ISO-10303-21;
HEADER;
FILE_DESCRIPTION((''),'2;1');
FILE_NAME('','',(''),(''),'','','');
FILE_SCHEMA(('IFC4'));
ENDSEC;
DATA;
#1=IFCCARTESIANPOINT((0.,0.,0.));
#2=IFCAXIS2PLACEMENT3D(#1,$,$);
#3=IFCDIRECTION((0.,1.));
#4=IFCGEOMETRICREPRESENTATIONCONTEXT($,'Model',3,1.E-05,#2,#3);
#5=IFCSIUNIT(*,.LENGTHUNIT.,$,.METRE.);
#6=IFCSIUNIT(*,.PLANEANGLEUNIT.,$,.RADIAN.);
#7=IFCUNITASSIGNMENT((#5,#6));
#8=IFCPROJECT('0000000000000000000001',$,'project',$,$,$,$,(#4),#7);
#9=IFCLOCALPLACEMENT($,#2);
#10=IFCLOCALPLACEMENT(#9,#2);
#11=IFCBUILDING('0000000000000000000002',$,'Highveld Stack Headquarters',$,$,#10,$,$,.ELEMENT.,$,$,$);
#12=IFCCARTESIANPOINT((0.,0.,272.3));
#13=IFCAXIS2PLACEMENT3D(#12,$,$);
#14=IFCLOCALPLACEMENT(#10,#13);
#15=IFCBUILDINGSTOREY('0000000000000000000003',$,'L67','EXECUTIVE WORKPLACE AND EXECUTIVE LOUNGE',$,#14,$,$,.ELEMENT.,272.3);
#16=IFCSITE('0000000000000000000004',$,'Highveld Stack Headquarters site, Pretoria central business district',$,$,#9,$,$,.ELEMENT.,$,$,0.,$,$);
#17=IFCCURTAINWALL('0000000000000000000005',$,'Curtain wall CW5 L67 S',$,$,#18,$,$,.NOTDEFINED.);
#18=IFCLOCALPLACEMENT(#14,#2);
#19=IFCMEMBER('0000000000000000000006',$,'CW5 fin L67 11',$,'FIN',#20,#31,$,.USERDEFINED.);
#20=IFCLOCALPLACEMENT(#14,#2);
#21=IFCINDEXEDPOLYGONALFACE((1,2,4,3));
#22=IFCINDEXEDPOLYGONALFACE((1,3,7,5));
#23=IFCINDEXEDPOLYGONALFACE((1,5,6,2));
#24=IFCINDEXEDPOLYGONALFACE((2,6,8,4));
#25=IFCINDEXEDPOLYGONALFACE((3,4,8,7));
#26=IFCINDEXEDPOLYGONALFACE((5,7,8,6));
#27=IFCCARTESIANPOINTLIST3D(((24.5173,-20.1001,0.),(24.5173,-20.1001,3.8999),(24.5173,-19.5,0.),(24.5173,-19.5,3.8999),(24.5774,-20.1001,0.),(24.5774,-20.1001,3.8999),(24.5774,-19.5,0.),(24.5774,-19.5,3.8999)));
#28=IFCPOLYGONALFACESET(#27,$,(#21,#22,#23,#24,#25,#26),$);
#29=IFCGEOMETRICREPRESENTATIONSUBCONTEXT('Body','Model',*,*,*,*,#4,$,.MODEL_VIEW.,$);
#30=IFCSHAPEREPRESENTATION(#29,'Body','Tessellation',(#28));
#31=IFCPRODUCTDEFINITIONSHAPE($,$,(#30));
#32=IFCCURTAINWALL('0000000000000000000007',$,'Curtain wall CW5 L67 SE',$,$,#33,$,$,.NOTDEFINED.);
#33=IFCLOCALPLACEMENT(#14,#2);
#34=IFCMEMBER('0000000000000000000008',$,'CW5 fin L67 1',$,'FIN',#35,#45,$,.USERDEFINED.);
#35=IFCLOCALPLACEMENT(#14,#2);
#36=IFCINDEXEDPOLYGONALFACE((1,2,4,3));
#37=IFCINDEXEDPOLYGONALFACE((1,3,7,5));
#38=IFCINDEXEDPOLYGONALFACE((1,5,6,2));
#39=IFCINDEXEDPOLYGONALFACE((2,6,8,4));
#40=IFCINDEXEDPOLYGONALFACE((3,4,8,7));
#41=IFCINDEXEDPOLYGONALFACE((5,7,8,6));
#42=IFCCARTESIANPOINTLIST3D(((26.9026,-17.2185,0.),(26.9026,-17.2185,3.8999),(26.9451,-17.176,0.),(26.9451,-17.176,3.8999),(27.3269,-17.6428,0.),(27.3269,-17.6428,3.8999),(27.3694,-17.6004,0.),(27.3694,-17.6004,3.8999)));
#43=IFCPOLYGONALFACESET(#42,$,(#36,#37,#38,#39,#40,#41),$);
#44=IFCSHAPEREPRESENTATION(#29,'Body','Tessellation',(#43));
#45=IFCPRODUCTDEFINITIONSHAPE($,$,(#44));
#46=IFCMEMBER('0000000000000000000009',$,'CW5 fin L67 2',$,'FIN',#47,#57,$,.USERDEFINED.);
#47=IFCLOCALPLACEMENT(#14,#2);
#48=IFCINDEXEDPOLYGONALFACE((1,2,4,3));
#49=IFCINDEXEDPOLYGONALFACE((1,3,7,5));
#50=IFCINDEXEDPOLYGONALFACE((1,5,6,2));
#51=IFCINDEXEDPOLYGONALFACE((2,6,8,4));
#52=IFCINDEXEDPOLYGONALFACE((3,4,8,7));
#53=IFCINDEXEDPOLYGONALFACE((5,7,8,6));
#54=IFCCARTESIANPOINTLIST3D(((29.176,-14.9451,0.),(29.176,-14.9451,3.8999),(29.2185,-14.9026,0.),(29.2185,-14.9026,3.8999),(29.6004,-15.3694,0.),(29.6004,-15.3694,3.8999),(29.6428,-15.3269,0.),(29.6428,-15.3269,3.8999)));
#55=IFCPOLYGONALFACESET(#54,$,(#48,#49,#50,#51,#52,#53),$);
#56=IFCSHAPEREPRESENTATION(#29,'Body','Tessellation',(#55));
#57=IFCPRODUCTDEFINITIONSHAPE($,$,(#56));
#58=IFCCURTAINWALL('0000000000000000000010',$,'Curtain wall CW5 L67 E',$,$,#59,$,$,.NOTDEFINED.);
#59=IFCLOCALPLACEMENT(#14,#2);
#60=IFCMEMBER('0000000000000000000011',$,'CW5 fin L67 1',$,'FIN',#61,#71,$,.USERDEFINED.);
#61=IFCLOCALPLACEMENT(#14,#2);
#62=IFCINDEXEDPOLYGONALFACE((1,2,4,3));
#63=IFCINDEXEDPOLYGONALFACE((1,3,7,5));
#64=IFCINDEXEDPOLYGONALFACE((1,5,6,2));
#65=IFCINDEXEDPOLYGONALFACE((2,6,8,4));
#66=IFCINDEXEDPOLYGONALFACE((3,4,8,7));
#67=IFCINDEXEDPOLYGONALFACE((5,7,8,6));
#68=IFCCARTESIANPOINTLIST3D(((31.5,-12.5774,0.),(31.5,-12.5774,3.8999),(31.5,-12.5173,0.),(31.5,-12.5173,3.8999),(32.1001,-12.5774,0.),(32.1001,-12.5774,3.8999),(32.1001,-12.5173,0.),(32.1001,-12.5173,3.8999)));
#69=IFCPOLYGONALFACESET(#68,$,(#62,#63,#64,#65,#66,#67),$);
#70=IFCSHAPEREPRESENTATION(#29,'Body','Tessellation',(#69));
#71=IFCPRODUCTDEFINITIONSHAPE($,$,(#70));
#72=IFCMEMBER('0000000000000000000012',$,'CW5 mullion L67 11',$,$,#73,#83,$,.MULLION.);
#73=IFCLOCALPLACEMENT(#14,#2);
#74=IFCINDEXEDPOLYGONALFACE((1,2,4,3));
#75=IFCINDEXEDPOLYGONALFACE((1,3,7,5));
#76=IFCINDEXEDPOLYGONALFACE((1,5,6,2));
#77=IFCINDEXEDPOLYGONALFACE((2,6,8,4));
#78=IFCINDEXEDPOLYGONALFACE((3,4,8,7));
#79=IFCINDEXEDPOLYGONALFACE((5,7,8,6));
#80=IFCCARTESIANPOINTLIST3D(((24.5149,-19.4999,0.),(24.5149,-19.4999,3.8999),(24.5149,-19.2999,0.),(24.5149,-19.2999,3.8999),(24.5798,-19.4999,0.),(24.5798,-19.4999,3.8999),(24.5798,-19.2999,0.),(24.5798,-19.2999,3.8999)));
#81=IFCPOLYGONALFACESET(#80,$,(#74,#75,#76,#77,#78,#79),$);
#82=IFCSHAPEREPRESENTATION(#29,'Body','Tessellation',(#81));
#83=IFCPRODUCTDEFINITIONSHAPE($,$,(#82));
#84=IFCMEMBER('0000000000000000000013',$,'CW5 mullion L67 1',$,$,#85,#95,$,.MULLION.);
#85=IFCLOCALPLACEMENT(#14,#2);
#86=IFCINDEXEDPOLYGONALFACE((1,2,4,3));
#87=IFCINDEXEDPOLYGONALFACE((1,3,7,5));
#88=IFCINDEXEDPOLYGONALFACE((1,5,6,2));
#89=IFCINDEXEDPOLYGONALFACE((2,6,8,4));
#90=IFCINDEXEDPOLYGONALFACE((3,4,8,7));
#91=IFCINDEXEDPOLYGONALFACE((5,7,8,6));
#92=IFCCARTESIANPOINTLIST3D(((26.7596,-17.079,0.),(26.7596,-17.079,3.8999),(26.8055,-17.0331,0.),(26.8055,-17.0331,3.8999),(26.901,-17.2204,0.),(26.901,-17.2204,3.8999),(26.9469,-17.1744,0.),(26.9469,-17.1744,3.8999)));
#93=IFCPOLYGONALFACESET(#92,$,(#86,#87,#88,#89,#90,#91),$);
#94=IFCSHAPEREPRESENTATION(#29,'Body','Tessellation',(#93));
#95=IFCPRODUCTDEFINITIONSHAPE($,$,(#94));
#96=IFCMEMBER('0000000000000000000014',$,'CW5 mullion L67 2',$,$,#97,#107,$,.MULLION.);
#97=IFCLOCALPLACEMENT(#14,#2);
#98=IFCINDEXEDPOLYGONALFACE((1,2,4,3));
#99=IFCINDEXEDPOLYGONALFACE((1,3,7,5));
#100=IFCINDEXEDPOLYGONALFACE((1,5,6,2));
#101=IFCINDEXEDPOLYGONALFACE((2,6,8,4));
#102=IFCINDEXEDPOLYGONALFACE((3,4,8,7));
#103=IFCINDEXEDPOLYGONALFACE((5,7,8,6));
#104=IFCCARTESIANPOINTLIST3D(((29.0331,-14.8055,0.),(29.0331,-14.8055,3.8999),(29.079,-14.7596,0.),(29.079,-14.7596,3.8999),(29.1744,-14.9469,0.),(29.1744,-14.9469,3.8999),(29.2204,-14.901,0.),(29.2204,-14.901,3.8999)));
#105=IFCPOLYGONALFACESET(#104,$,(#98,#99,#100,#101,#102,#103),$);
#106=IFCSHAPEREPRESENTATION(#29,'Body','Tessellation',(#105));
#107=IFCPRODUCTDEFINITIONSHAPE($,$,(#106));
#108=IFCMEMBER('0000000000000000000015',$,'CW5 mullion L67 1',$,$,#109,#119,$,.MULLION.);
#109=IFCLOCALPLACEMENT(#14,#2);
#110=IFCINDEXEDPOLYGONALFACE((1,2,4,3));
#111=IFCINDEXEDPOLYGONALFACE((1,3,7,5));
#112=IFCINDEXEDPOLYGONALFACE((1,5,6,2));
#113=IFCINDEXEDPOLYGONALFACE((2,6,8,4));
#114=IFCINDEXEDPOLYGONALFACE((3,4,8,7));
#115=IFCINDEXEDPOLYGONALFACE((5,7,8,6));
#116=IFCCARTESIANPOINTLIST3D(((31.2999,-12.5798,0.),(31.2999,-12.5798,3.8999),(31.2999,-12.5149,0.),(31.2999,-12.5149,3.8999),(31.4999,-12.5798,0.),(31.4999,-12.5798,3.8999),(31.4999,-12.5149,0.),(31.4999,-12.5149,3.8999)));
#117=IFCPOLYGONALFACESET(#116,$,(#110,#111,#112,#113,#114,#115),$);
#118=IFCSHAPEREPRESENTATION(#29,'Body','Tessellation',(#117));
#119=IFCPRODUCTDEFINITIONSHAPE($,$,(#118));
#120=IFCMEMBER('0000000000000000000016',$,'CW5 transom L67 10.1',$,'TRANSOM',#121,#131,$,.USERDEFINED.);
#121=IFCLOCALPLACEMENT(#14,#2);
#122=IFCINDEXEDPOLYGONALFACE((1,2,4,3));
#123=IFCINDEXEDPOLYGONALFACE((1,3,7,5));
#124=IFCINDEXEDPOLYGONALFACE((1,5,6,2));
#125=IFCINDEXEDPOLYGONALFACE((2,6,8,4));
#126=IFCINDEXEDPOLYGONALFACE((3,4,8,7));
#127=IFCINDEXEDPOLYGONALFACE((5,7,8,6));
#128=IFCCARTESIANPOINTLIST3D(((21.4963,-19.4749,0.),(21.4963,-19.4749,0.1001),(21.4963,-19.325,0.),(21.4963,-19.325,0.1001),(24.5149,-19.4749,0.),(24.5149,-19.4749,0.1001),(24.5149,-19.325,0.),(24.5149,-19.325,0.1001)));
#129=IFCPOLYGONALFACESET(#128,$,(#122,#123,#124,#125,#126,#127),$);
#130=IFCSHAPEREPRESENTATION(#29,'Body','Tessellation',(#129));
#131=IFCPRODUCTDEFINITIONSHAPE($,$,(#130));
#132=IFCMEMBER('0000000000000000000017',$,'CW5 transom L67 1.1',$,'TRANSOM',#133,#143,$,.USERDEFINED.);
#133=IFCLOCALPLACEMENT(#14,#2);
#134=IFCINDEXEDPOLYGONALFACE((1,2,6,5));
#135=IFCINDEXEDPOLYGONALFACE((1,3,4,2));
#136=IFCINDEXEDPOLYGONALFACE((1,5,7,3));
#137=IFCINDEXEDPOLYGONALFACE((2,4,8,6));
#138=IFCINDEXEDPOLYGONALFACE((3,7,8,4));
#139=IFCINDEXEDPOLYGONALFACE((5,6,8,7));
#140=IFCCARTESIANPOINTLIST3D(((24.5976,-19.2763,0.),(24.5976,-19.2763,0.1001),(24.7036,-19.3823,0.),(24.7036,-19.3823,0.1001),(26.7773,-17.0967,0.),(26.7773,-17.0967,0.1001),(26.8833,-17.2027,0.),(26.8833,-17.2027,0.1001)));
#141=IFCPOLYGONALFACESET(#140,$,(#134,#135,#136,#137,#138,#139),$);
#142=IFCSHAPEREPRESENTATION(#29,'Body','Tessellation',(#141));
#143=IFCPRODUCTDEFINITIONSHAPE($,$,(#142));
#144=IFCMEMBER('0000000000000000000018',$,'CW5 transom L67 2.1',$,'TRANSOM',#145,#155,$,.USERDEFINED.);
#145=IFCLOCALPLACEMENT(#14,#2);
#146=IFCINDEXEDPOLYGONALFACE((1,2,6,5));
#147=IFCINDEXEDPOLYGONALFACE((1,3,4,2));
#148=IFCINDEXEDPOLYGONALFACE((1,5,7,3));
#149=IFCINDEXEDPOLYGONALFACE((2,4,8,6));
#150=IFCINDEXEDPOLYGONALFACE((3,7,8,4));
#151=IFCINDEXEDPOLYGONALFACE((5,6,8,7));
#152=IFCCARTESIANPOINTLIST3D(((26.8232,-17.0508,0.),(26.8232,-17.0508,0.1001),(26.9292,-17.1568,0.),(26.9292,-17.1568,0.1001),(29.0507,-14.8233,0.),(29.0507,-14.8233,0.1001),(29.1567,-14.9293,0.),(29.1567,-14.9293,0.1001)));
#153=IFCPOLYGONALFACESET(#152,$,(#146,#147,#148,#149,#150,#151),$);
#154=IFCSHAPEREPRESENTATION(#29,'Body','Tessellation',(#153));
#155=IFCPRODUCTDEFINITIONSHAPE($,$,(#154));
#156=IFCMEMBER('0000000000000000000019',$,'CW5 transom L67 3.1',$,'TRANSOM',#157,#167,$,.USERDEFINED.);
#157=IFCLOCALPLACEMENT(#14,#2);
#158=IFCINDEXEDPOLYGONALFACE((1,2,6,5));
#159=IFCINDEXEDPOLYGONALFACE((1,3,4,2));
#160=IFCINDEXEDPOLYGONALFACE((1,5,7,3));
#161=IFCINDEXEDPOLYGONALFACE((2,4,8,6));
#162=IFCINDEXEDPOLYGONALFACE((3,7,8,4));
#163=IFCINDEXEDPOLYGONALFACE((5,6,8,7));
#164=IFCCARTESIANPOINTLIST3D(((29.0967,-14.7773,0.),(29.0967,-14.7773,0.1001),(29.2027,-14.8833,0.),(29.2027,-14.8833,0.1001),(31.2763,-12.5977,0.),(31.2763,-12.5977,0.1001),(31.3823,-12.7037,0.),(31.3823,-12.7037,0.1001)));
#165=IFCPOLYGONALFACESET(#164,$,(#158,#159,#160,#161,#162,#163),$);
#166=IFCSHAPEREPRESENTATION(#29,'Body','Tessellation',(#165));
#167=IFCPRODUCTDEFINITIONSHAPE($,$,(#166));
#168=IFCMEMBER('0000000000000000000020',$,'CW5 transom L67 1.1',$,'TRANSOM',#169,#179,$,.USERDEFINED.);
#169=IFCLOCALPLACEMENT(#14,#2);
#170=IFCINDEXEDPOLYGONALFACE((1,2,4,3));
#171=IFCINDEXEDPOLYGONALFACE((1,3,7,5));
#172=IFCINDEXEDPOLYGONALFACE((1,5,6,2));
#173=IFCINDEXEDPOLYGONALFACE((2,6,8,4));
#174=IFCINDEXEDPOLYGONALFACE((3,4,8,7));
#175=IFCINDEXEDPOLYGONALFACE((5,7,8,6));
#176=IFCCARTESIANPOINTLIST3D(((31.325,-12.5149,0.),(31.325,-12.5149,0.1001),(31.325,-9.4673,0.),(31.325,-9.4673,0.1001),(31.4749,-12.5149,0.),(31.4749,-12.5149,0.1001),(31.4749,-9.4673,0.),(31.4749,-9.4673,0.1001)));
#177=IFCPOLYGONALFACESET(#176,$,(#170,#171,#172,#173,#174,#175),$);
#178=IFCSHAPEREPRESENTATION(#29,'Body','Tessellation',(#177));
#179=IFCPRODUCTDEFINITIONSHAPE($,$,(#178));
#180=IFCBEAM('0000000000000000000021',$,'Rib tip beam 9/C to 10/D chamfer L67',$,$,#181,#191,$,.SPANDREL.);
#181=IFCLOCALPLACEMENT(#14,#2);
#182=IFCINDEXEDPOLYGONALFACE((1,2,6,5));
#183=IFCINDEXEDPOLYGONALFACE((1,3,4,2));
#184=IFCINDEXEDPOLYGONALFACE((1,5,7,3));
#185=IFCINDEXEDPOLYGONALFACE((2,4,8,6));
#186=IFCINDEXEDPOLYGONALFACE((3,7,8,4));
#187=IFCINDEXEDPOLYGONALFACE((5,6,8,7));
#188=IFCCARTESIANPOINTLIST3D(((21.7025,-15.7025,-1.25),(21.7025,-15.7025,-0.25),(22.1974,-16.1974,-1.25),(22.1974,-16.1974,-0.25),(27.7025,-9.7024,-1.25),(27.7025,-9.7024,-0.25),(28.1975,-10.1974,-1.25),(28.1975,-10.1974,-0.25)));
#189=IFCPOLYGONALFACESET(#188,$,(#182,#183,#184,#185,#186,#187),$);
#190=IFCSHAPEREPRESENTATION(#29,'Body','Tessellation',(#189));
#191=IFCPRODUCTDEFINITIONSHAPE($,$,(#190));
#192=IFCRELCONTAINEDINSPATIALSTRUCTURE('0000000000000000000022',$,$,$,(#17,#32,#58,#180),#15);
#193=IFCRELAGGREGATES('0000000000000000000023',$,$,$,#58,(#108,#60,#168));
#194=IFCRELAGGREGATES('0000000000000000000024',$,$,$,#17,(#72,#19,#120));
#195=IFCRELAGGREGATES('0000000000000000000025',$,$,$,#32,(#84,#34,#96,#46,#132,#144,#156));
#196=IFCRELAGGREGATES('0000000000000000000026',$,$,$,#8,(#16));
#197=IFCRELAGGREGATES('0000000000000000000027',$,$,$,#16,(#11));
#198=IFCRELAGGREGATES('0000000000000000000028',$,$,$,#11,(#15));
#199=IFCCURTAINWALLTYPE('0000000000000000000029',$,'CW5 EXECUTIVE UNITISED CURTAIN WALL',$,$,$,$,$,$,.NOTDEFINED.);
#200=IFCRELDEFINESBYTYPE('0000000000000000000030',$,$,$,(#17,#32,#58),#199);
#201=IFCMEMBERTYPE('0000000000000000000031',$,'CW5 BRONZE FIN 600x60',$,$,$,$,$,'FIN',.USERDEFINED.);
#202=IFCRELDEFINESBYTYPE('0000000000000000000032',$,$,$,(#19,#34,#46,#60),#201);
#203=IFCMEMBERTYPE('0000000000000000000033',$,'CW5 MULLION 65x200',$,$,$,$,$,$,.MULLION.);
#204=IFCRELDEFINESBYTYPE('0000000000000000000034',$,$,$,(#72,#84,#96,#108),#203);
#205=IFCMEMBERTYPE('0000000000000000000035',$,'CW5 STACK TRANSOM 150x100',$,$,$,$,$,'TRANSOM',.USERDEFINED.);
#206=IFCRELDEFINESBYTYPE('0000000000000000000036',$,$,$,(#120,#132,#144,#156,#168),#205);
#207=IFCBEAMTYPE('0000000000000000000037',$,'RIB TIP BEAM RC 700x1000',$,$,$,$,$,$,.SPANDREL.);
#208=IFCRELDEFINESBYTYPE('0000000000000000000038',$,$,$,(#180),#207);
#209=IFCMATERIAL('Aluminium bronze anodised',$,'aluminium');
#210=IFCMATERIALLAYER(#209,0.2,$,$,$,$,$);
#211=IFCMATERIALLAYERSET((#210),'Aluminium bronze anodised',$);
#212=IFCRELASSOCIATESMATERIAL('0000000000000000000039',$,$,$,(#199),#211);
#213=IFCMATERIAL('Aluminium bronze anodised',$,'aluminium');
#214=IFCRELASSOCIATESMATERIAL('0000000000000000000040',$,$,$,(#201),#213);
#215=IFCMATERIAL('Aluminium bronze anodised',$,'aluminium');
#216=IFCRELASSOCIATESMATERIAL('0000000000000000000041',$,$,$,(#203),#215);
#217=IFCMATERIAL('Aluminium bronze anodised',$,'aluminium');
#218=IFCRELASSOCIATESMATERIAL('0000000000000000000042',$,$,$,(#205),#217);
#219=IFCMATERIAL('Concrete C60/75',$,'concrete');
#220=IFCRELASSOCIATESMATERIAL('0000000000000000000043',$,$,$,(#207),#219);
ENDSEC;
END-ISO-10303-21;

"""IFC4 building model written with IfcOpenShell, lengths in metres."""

from ifc_helpers import new_model, si_unit, direction, frame, origin, origin_2d, place, context, subcontext, project, spatial, rectangle, extrude, material, layer, layer_set, material_profile, profile_set, type_object, element, aggregate, save


model = new_model("IFC4")

# Units and contexts
model_context = context("Model", 3, precision=1e-05, world=origin(), true_north=direction((0.0, 1.0)))
body_context = subcontext(model_context, "Body", "Model", "MODEL_VIEW")
ifc_project = project(units=[si_unit("LENGTHUNIT", "METRE"), si_unit("PLANEANGLEUNIT", "RADIAN")], contexts=[model_context])

# Site, building, storey
site_placement = place(None, origin())
site = spatial("IfcSite", under=ifc_project, at=site_placement, Name="Highveld Stack Headquarters site, Pretoria central business district", CompositionType="ELEMENT", RefElevation=0.0)
building_placement = place(site_placement, origin())
building = spatial("IfcBuilding", under=site, at=building_placement, Name="Highveld Stack Headquarters", CompositionType="ELEMENT")
storey_placement = place(building_placement, frame((0.0, 0.0, 272.3)))
storey = spatial("IfcBuildingStorey", under=building, at=storey_placement, Name="L67", Description="EXECUTIVE WORKPLACE AND EXECUTIVE LOUNGE", CompositionType="ELEMENT", Elevation=272.3)

# Curtain wall, member
ifc_material_1 = material(Name="Aluminium bronze anodised", Category="aluminium")
ifc_layer_1 = layer(ifc_material_1, 0.2)
ifc_layer_set_1 = layer_set([ifc_layer_1], Name="Aluminium bronze anodised")
curtain_wall_type = type_object("IfcCurtainWallType", Name="CW5 EXECUTIVE UNITISED CURTAIN WALL", PredefinedType="NOTDEFINED", material=ifc_layer_set_1)
curtain_wall_1_placement = place(storey_placement, origin())
curtain_wall_1 = element("IfcCurtainWall", 1, at=curtain_wall_1_placement, inside=storey, type_object=curtain_wall_type, Name="Curtain wall CW5 L67 S", PredefinedType="NOTDEFINED")
ifc_material_2 = material(Name="Aluminium bronze anodised", Category="aluminium")
ifc_material_profile_1 = material_profile(ifc_material_2, rectangle(XDim=0.6001, YDim=0.0601, at=origin_2d()), Name="FIN 600x60")
ifc_profile_set_1 = profile_set([ifc_material_profile_1], Name="Aluminium bronze anodised")
member_type_1 = type_object("IfcMemberType", Name="CW5 BRONZE FIN 600x60", ElementType="FIN", PredefinedType="USERDEFINED", material=ifc_profile_set_1)
member_1_placement = place(storey_placement, frame((24.5474, -19.8, 0.0), z_axis=(0.0, 0.0, 1.0), x_axis=(0.0, 1.0, 0.0)))
member_1 = element("IfcMember", 2, at=member_1_placement, type_object=member_type_1, Name="CW5 fin L67 11", ObjectType="FIN", PredefinedType="USERDEFINED", context=body_context, shape_type="SweptSolid", body=[
    extrude(rectangle(XDim=0.6001, YDim=0.0601, at=origin_2d()), origin(), (0.0, 0.0, 1.0), 3.8999),
])

# Curtain wall, members
curtain_wall_2_placement = place(storey_placement, origin())
curtain_wall_2 = element("IfcCurtainWall", 3, at=curtain_wall_2_placement, inside=storey, type_object=curtain_wall_type, Name="Curtain wall CW5 L67 SE", PredefinedType="NOTDEFINED")
member_2_placement = place(storey_placement, frame((27.136, -17.4094, 0.0), z_axis=(0.0, 0.0, 1.0), x_axis=(-0.707107, 0.707107, 0.0)))
member_2 = element("IfcMember", 4, at=member_2_placement, type_object=member_type_1, Name="CW5 fin L67 1", ObjectType="FIN", PredefinedType="USERDEFINED", context=body_context, shape_type="SweptSolid", body=[
    extrude(rectangle(XDim=0.6001, YDim=0.0601, at=origin_2d()), origin(), (0.0, 0.0, 1.0), 3.8999),
])
member_3_placement = place(storey_placement, frame((29.4094, -15.136, 0.0), z_axis=(0.0, 0.0, 1.0), x_axis=(-0.707107, 0.707107, 0.0)))
member_3 = element("IfcMember", 5, at=member_3_placement, type_object=member_type_1, Name="CW5 fin L67 2", ObjectType="FIN", PredefinedType="USERDEFINED", context=body_context, shape_type="SweptSolid", body=[
    extrude(rectangle(XDim=0.6001, YDim=0.0601, at=origin_2d()), origin(), (0.0, 0.0, 1.0), 3.8999),
])

# Curtain wall, member
curtain_wall_3_placement = place(storey_placement, origin())
curtain_wall_3 = element("IfcCurtainWall", 6, at=curtain_wall_3_placement, inside=storey, type_object=curtain_wall_type, Name="Curtain wall CW5 L67 E", PredefinedType="NOTDEFINED")
member_4_placement = place(storey_placement, frame((31.8, -12.5474, 0.0), z_axis=(0.0, 0.0, 1.0), x_axis=(-1.0, 0.0, 0.0)))
member_4 = element("IfcMember", 7, at=member_4_placement, type_object=member_type_1, Name="CW5 fin L67 1", ObjectType="FIN", PredefinedType="USERDEFINED", context=body_context, shape_type="SweptSolid", body=[
    extrude(rectangle(XDim=0.6001, YDim=0.0601, at=origin_2d()), origin(), (0.0, 0.0, 1.0), 3.8999),
])

# Members
ifc_material_3 = material(Name="Aluminium bronze anodised", Category="aluminium")
ifc_material_profile_2 = material_profile(ifc_material_3, rectangle(XDim=0.2, YDim=0.0649, at=origin_2d()), Name="CW5 MULLION 65x200")
ifc_profile_set_2 = profile_set([ifc_material_profile_2], Name="Aluminium bronze anodised")
member_type_2 = type_object("IfcMemberType", Name="CW5 MULLION 65x200", PredefinedType="MULLION", material=ifc_profile_set_2)
member_5_placement = place(storey_placement, frame((24.5474, -19.3999, 0.0), z_axis=(0.0, 0.0, 1.0), x_axis=(0.0, 1.0, 0.0)))
member_5 = element("IfcMember", 8, at=member_5_placement, type_object=member_type_2, Name="CW5 mullion L67 11", PredefinedType="MULLION", context=body_context, shape_type="SweptSolid", body=[
    extrude(rectangle(XDim=0.2, YDim=0.0649, at=origin_2d()), origin(), (0.0, 0.0, 1.0), 3.8999),
])
member_6_placement = place(storey_placement, frame((26.8533, -17.1267, 0.0), z_axis=(0.0, 0.0, 1.0), x_axis=(-0.707107, 0.707107, 0.0)))
member_6 = element("IfcMember", 9, at=member_6_placement, type_object=member_type_2, Name="CW5 mullion L67 1", PredefinedType="MULLION", context=body_context, shape_type="SweptSolid", body=[
    extrude(rectangle(XDim=0.2, YDim=0.0649, at=origin_2d()), origin(), (0.0, 0.0, 1.0), 3.8999),
])
member_7_placement = place(storey_placement, frame((29.1267, -14.8533, 0.0), z_axis=(0.0, 0.0, 1.0), x_axis=(-0.707107, 0.707107, 0.0)))
member_7 = element("IfcMember", 10, at=member_7_placement, type_object=member_type_2, Name="CW5 mullion L67 2", PredefinedType="MULLION", context=body_context, shape_type="SweptSolid", body=[
    extrude(rectangle(XDim=0.2, YDim=0.0649, at=origin_2d()), origin(), (0.0, 0.0, 1.0), 3.8999),
])
member_8_placement = place(storey_placement, frame((31.3999, -12.5474, 0.0), z_axis=(0.0, 0.0, 1.0), x_axis=(-1.0, 0.0, 0.0)))
member_8 = element("IfcMember", 11, at=member_8_placement, type_object=member_type_2, Name="CW5 mullion L67 1", PredefinedType="MULLION", context=body_context, shape_type="SweptSolid", body=[
    extrude(rectangle(XDim=0.2, YDim=0.0649, at=origin_2d()), origin(), (0.0, 0.0, 1.0), 3.8999),
])
ifc_material_4 = material(Name="Aluminium bronze anodised", Category="aluminium")
ifc_material_profile_3 = material_profile(ifc_material_4, rectangle(XDim=0.1499, YDim=0.1001, at=origin_2d()), Name="CW5 TRANSOM 150x100")
ifc_profile_set_3 = profile_set([ifc_material_profile_3], Name="Aluminium bronze anodised")
member_type_3 = type_object("IfcMemberType", Name="CW5 STACK TRANSOM 150x100", ElementType="TRANSOM", PredefinedType="USERDEFINED", material=ifc_profile_set_3)
member_9_placement = place(storey_placement, frame((21.4963, -19.3999, 0.05), z_axis=(1.0, 0.0, 0.0), x_axis=(0.0, 1.0, 0.0)))
member_9 = element("IfcMember", 12, at=member_9_placement, type_object=member_type_3, Name="CW5 transom L67 10.1", ObjectType="TRANSOM", PredefinedType="USERDEFINED", context=body_context, shape_type="SweptSolid", body=[
    extrude(rectangle(XDim=0.1499, YDim=0.1001, at=origin_2d()), origin(), (0.0, 0.0, 1.0), 3.0186),
])
member_10_placement = place(storey_placement, frame((24.6506, -19.3293, 0.05), z_axis=(0.707107, 0.707107, 0.0), x_axis=(-0.707107, 0.707107, 0.0)))
member_10 = element("IfcMember", 13, at=member_10_placement, type_object=member_type_3, Name="CW5 transom L67 1.1", ObjectType="TRANSOM", PredefinedType="USERDEFINED", context=body_context, shape_type="SweptSolid", body=[
    extrude(rectangle(XDim=0.1499, YDim=0.1001, at=origin_2d()), origin(), (0.0, 0.0, 1.0), 3.0825),
])
member_11_placement = place(storey_placement, frame((26.8762, -17.1038, 0.05), z_axis=(0.707107, 0.707107, 0.0), x_axis=(-0.707107, 0.707107, 0.0)))
member_11 = element("IfcMember", 14, at=member_11_placement, type_object=member_type_3, Name="CW5 transom L67 2.1", ObjectType="TRANSOM", PredefinedType="USERDEFINED", context=body_context, shape_type="SweptSolid", body=[
    extrude(rectangle(XDim=0.1499, YDim=0.1001, at=origin_2d()), origin(), (0.0, 0.0, 1.0), 3.1501),
])
member_12_placement = place(storey_placement, frame((29.1497, -14.8303, 0.05), z_axis=(0.707107, 0.707107, 0.0), x_axis=(-0.707107, 0.707107, 0.0)))
member_12 = element("IfcMember", 15, at=member_12_placement, type_object=member_type_3, Name="CW5 transom L67 3.1", ObjectType="TRANSOM", PredefinedType="USERDEFINED", context=body_context, shape_type="SweptSolid", body=[
    extrude(rectangle(XDim=0.1499, YDim=0.1001, at=origin_2d()), origin(), (0.0, 0.0, 1.0), 3.0825),
])
member_13_placement = place(storey_placement, frame((31.3999, -12.5149, 0.05), z_axis=(0.0, 1.0, 0.0), x_axis=(-1.0, 0.0, 0.0)))
member_13 = element("IfcMember", 16, at=member_13_placement, type_object=member_type_3, Name="CW5 transom L67 1.1", ObjectType="TRANSOM", PredefinedType="USERDEFINED", context=body_context, shape_type="SweptSolid", body=[
    extrude(rectangle(XDim=0.1499, YDim=0.1001, at=origin_2d()), origin(), (0.0, 0.0, 1.0), 3.0476),
])
aggregate(curtain_wall_3, [member_8, member_4, member_13])

# Beam
ifc_material_5 = material(Name="Concrete C60/75", Category="concrete")
ifc_material_profile_4 = material_profile(ifc_material_5, rectangle(XDim=0.7, YDim=1.0, at=origin_2d()), Name="RC 700x1000")
ifc_profile_set_4 = profile_set([ifc_material_profile_4], Name="Concrete C60/75")
beam_type = type_object("IfcBeamType", Name="RIB TIP BEAM RC 700x1000", PredefinedType="SPANDREL", material=ifc_profile_set_4)
for number, where, z_axis, x_axis, name in (
    (17, (21.95, -15.95, -0.75), (0.707107, 0.707107, 0.0), (-0.707107, 0.707107, 0.0), "Rib tip beam 9/C to 10/D chamfer L67"),
):
    element("IfcBeam", number, at=place(storey_placement, frame(where, z_axis=z_axis, x_axis=x_axis)), inside=storey, type_object=beam_type, Name=name, PredefinedType="SPANDREL", context=body_context, shape_type="SweptSolid", body=[
        extrude(rectangle(XDim=0.7, YDim=1.0, at=origin_2d()), origin(), (0.0, 0.0, 1.0), 8.4854),
    ])

aggregate(curtain_wall_1, [member_5, member_1, member_9])
aggregate(curtain_wall_2, [member_6, member_2, member_7, member_3, member_10, member_11, member_12])

save(model, "model.ifc")
